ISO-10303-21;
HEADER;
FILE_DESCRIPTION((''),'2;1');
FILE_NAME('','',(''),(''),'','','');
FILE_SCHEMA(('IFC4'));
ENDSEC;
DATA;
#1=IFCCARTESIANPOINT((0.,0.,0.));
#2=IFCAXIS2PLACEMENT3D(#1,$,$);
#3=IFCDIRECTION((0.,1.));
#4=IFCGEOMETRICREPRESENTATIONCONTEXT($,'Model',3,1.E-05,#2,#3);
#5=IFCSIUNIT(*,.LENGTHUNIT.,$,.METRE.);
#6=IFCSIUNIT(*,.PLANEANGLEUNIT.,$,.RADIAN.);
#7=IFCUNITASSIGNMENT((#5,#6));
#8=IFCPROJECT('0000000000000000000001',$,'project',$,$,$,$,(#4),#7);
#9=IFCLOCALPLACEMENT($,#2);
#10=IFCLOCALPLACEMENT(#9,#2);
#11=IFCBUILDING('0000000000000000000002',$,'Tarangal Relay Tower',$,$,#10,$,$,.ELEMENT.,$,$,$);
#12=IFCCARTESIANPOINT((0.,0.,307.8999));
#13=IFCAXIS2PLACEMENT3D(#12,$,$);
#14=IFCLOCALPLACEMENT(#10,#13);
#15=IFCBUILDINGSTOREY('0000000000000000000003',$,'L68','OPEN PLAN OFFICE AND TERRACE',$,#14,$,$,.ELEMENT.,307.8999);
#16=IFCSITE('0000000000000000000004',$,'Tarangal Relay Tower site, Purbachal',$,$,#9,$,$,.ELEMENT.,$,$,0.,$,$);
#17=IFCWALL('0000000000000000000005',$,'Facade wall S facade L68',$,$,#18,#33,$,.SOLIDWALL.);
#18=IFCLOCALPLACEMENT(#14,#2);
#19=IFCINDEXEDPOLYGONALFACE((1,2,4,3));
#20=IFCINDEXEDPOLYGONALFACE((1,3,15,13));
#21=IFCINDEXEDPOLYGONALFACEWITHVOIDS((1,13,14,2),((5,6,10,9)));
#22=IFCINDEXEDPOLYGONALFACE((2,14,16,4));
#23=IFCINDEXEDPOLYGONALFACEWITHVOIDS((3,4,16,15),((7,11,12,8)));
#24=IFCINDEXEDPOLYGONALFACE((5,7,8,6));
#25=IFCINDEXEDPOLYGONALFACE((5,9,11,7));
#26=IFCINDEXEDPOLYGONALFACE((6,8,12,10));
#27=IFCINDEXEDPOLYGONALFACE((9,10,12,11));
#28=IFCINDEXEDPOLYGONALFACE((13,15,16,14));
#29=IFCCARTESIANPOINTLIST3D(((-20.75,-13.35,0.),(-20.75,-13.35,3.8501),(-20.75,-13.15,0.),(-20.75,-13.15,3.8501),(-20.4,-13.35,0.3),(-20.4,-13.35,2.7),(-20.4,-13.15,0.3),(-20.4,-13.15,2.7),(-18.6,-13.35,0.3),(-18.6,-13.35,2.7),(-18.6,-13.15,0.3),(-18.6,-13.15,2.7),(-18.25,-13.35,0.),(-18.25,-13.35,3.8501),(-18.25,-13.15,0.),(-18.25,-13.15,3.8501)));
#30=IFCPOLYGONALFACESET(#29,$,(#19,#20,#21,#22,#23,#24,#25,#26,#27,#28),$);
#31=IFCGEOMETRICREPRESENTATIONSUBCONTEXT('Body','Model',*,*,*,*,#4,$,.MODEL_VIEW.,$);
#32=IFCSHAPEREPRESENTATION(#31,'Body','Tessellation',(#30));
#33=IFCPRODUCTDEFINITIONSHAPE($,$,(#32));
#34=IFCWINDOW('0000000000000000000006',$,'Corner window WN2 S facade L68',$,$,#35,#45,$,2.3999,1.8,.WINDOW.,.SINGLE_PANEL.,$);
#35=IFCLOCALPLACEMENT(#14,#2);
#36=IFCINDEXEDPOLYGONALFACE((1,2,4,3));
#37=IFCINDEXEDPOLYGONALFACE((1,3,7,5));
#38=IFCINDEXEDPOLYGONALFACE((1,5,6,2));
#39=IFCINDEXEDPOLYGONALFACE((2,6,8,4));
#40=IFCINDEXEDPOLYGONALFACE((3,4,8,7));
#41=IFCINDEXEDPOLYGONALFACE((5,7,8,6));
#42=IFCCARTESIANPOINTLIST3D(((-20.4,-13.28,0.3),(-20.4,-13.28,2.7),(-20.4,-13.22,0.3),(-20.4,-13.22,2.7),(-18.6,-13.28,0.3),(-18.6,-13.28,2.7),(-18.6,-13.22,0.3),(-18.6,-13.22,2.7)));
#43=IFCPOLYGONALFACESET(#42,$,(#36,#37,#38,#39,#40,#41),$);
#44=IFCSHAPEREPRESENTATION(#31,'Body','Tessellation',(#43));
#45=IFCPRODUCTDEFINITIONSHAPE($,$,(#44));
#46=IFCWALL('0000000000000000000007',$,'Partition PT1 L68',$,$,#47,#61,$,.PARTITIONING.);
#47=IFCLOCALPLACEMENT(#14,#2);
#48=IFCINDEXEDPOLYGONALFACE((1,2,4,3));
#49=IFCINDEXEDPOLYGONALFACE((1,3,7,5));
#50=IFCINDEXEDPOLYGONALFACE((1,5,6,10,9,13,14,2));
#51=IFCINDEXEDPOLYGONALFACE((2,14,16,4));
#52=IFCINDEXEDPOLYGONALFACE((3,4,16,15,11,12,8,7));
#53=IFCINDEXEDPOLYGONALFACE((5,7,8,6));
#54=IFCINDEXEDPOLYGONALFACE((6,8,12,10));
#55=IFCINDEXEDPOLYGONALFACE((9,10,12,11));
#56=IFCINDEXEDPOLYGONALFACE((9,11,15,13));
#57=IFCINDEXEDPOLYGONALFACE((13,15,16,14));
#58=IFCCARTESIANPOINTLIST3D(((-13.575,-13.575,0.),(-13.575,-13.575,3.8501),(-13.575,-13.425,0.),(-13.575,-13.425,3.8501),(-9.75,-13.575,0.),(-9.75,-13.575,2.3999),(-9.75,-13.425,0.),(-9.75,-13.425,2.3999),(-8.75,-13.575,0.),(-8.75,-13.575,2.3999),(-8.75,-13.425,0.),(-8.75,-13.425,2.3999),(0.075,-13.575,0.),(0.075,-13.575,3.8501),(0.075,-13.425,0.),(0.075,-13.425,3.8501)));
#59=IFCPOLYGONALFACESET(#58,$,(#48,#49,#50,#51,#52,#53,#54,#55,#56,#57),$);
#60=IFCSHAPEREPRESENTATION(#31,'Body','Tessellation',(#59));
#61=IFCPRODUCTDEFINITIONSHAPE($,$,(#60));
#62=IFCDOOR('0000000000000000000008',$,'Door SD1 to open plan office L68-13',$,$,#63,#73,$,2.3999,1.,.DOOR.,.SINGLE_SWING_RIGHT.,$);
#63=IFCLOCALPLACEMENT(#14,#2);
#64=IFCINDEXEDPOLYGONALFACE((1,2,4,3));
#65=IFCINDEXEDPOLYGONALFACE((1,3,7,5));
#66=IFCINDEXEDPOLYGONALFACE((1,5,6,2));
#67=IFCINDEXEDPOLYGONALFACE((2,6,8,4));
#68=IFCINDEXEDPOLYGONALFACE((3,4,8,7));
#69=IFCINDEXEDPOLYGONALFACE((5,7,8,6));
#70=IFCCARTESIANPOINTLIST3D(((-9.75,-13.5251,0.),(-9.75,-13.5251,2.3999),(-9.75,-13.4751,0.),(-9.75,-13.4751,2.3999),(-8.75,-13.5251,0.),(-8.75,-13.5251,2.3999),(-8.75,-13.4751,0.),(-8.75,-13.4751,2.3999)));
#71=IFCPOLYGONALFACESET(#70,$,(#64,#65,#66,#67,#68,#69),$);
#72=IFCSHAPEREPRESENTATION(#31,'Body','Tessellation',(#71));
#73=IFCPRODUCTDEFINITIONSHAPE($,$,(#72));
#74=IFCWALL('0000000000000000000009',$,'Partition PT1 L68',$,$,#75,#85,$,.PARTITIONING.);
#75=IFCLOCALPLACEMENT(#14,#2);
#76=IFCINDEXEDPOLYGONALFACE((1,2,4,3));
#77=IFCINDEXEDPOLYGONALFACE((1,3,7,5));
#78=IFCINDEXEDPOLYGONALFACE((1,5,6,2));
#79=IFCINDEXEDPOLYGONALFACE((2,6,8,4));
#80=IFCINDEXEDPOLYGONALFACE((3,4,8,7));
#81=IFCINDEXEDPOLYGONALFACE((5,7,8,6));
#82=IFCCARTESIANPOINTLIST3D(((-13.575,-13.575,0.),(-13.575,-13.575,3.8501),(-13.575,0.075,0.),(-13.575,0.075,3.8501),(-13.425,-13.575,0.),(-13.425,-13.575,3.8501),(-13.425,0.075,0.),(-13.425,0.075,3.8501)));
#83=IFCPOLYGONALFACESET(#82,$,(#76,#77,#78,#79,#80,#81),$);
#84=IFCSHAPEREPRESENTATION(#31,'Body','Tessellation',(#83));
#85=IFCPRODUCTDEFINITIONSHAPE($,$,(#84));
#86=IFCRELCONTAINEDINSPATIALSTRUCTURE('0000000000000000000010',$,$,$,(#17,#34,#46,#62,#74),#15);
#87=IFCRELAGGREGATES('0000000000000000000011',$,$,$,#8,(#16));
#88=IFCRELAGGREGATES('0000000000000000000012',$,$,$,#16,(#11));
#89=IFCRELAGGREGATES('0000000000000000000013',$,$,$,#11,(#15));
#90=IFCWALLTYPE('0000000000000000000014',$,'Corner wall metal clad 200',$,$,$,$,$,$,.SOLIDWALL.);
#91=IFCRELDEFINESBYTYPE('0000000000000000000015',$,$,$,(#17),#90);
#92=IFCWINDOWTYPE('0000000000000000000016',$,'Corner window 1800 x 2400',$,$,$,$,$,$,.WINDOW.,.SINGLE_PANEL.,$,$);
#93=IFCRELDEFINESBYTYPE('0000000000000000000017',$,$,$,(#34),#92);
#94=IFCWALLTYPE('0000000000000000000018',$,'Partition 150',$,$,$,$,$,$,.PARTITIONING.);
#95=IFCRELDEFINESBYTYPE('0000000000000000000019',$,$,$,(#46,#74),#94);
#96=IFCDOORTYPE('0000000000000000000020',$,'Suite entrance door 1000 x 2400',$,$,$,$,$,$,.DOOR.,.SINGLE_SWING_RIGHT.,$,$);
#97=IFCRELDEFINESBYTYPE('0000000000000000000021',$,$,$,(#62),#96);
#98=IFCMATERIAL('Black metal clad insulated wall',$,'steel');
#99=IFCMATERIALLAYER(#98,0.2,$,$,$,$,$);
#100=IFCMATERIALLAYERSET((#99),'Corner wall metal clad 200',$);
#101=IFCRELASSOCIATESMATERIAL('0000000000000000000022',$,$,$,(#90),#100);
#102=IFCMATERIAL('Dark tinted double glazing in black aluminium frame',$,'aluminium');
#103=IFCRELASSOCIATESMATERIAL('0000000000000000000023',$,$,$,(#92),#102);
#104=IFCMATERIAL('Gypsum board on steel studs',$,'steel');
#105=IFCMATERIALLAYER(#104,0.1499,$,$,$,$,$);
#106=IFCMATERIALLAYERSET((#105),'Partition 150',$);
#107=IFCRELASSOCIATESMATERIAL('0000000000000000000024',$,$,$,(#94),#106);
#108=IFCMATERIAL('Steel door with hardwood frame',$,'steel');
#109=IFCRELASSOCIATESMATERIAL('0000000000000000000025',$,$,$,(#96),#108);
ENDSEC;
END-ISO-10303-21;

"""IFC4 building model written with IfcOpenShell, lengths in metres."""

from ifc_helpers import new_model, si_unit, direction, frame, frame_2d, origin, place, context, subcontext, project, spatial, rectangle, extrude, material, layer, layer_set, type_object, element, fill, save


model = new_model("IFC4")

# Units and contexts
model_context = context("Model", 3, precision=1e-05, world=origin(), true_north=direction((0.0, 1.0)))
body_context = subcontext(model_context, "Body", "Model", "MODEL_VIEW")
ifc_project = project(units=[si_unit("LENGTHUNIT", "METRE"), si_unit("PLANEANGLEUNIT", "RADIAN")], contexts=[model_context])

# Site, building, storey
site_placement = place(None, origin())
site = spatial("IfcSite", under=ifc_project, at=site_placement, Name="Tarangal Relay Tower site, Purbachal", CompositionType="ELEMENT", RefElevation=0.0)
building_placement = place(site_placement, origin())
building = spatial("IfcBuilding", under=site, at=building_placement, Name="Tarangal Relay Tower", CompositionType="ELEMENT")
storey_placement = place(building_placement, frame((0.0, 0.0, 307.8999)))
storey = spatial("IfcBuildingStorey", under=building, at=storey_placement, Name="L68", Description="OPEN PLAN OFFICE AND TERRACE", CompositionType="ELEMENT", Elevation=307.8999)

# Shared definitions
ifc_material_1 = material(Name="Black metal clad insulated wall", Category="steel")
ifc_layer_1 = layer(ifc_material_1, 0.2)
ifc_layer_set_1 = layer_set([ifc_layer_1], Name="Corner wall metal clad 200")
wall_type_1 = type_object("IfcWallType", Name="Corner wall metal clad 200", PredefinedType="SOLIDWALL", material=ifc_layer_set_1)

# Shared definitions
ifc_material_2 = material(Name="Dark tinted double glazing in black aluminium frame", Category="aluminium")
window_type = type_object("IfcWindowType", Name="Corner window 1800 x 2400", PartitioningType="SINGLE_PANEL", PredefinedType="WINDOW", material=ifc_material_2)

# Wall, opening, window
wall_1_placement = place(storey_placement, frame((-18.25, -13.25, 0.0), z_axis=(0.0, 0.0, 1.0), x_axis=(-1.0, 0.0, 0.0)))
wall_1 = element("IfcWall", 1, at=wall_1_placement, inside=storey, type_object=wall_type_1, Name="Facade wall S facade L68", PredefinedType="SOLIDWALL", context=body_context, shape_type="SweptSolid", body=[
    extrude(rectangle(XDim=2.5, YDim=0.2, at=frame_2d((1.25, 0.0))), origin(), (0.0, 0.0, 1.0), 3.8501),
])
opening_1_placement = place(wall_1_placement, frame((0.3501, 0.0, 0.3)))
opening_1 = element("IfcOpeningElement", 2, at=opening_1_placement, cuts=wall_1, PredefinedType="OPENING", context=body_context, shape_type="SweptSolid", body=[
    extrude(rectangle(XDim=1.8, YDim=2.3999, at=frame_2d((0.8999, 1.2))), frame((0.0, 0.1099, 0.0), z_axis=(0.0, -1.0, 0.0), x_axis=(1.0, 0.0, 0.0)), (0.0, 0.0, 1.0), 0.22),
])
window_1_placement = place(opening_1_placement, origin())
window_1 = element("IfcWindow", 3, at=window_1_placement, inside=storey, type_object=window_type, Name="Corner window WN2 S facade L68", OverallHeight=2.3999, OverallWidth=1.8, PartitioningType="SINGLE_PANEL", PredefinedType="WINDOW", context=body_context, shape_type="SweptSolid", body=[
    extrude(rectangle(XDim=1.8, YDim=2.3999, at=frame_2d((0.8999, 1.2))), frame((0.0, 0.03, 0.0), z_axis=(0.0, -1.0, 0.0), x_axis=(1.0, 0.0, 0.0)), (0.0, 0.0, 1.0), 0.0601),
])
fill(opening_1, window_1)

# Wall, opening, door
ifc_material_3 = material(Name="Gypsum board on steel studs", Category="steel")
ifc_layer_2 = layer(ifc_material_3, 0.1499)
ifc_layer_set_2 = layer_set([ifc_layer_2], Name="Partition 150")
wall_type_2 = type_object("IfcWallType", Name="Partition 150", PredefinedType="PARTITIONING", material=ifc_layer_set_2)
wall_2_placement = place(storey_placement, frame((-13.575, -13.5, 0.0), z_axis=(0.0, 0.0, 1.0), x_axis=(1.0, 0.0, 0.0)))
wall_2 = element("IfcWall", 4, at=wall_2_placement, inside=storey, type_object=wall_type_2, Name="Partition PT1 L68", PredefinedType="PARTITIONING", context=body_context, shape_type="SweptSolid", body=[
    extrude(rectangle(XDim=13.6499, YDim=0.1499, at=frame_2d((6.825, 0.0))), origin(), (0.0, 0.0, 1.0), 3.8501),
])
opening_2_placement = place(wall_2_placement, frame((3.825, 0.0, 0.0)))
opening_2 = element("IfcOpeningElement", 5, at=opening_2_placement, cuts=wall_2, PredefinedType="OPENING", context=body_context, shape_type="SweptSolid", body=[
    extrude(rectangle(XDim=1.0, YDim=2.3999, at=frame_2d((0.5, 1.2))), frame((0.0, 0.085, 0.0), z_axis=(0.0, -1.0, 0.0), x_axis=(1.0, 0.0, 0.0)), (0.0, 0.0, 1.0), 0.1699),
])
ifc_material_4 = material(Name="Steel door with hardwood frame", Category="steel")
door_type_1 = type_object("IfcDoorType", Name="Suite entrance door 1000 x 2400", OperationType="SINGLE_SWING_RIGHT", PredefinedType="DOOR", material=ifc_material_4)
door_1_placement = place(opening_2_placement, origin())
door_1 = element("IfcDoor", 6, at=door_1_placement, inside=storey, type_object=door_type_1, Name="Door SD1 to open plan office L68-13", OperationType="SINGLE_SWING_RIGHT", OverallHeight=2.3999, OverallWidth=1.0, PredefinedType="DOOR", context=body_context, shape_type="SweptSolid", body=[
    extrude(rectangle(XDim=1.0, YDim=2.3999, at=frame_2d((0.5, 1.2))), frame((0.0, 0.0249, 0.0), z_axis=(0.0, -1.0, 0.0), x_axis=(1.0, 0.0, 0.0)), (0.0, 0.0, 1.0), 0.05),
])
fill(opening_2, door_1)

# Wall
wall_3_placement = place(storey_placement, frame((-13.5, -13.575, 0.0), z_axis=(0.0, 0.0, 1.0), x_axis=(0.0, 1.0, 0.0)))
element("IfcWall", 7, at=wall_3_placement, inside=storey, type_object=wall_type_2, Name="Partition PT1 L68", PredefinedType="PARTITIONING", context=body_context, shape_type="SweptSolid", body=[
    extrude(rectangle(XDim=13.6499, YDim=0.1499, at=frame_2d((6.825, 0.0))), origin(), (0.0, 0.0, 1.0), 3.8501),
])

save(model, "model.ifc")
